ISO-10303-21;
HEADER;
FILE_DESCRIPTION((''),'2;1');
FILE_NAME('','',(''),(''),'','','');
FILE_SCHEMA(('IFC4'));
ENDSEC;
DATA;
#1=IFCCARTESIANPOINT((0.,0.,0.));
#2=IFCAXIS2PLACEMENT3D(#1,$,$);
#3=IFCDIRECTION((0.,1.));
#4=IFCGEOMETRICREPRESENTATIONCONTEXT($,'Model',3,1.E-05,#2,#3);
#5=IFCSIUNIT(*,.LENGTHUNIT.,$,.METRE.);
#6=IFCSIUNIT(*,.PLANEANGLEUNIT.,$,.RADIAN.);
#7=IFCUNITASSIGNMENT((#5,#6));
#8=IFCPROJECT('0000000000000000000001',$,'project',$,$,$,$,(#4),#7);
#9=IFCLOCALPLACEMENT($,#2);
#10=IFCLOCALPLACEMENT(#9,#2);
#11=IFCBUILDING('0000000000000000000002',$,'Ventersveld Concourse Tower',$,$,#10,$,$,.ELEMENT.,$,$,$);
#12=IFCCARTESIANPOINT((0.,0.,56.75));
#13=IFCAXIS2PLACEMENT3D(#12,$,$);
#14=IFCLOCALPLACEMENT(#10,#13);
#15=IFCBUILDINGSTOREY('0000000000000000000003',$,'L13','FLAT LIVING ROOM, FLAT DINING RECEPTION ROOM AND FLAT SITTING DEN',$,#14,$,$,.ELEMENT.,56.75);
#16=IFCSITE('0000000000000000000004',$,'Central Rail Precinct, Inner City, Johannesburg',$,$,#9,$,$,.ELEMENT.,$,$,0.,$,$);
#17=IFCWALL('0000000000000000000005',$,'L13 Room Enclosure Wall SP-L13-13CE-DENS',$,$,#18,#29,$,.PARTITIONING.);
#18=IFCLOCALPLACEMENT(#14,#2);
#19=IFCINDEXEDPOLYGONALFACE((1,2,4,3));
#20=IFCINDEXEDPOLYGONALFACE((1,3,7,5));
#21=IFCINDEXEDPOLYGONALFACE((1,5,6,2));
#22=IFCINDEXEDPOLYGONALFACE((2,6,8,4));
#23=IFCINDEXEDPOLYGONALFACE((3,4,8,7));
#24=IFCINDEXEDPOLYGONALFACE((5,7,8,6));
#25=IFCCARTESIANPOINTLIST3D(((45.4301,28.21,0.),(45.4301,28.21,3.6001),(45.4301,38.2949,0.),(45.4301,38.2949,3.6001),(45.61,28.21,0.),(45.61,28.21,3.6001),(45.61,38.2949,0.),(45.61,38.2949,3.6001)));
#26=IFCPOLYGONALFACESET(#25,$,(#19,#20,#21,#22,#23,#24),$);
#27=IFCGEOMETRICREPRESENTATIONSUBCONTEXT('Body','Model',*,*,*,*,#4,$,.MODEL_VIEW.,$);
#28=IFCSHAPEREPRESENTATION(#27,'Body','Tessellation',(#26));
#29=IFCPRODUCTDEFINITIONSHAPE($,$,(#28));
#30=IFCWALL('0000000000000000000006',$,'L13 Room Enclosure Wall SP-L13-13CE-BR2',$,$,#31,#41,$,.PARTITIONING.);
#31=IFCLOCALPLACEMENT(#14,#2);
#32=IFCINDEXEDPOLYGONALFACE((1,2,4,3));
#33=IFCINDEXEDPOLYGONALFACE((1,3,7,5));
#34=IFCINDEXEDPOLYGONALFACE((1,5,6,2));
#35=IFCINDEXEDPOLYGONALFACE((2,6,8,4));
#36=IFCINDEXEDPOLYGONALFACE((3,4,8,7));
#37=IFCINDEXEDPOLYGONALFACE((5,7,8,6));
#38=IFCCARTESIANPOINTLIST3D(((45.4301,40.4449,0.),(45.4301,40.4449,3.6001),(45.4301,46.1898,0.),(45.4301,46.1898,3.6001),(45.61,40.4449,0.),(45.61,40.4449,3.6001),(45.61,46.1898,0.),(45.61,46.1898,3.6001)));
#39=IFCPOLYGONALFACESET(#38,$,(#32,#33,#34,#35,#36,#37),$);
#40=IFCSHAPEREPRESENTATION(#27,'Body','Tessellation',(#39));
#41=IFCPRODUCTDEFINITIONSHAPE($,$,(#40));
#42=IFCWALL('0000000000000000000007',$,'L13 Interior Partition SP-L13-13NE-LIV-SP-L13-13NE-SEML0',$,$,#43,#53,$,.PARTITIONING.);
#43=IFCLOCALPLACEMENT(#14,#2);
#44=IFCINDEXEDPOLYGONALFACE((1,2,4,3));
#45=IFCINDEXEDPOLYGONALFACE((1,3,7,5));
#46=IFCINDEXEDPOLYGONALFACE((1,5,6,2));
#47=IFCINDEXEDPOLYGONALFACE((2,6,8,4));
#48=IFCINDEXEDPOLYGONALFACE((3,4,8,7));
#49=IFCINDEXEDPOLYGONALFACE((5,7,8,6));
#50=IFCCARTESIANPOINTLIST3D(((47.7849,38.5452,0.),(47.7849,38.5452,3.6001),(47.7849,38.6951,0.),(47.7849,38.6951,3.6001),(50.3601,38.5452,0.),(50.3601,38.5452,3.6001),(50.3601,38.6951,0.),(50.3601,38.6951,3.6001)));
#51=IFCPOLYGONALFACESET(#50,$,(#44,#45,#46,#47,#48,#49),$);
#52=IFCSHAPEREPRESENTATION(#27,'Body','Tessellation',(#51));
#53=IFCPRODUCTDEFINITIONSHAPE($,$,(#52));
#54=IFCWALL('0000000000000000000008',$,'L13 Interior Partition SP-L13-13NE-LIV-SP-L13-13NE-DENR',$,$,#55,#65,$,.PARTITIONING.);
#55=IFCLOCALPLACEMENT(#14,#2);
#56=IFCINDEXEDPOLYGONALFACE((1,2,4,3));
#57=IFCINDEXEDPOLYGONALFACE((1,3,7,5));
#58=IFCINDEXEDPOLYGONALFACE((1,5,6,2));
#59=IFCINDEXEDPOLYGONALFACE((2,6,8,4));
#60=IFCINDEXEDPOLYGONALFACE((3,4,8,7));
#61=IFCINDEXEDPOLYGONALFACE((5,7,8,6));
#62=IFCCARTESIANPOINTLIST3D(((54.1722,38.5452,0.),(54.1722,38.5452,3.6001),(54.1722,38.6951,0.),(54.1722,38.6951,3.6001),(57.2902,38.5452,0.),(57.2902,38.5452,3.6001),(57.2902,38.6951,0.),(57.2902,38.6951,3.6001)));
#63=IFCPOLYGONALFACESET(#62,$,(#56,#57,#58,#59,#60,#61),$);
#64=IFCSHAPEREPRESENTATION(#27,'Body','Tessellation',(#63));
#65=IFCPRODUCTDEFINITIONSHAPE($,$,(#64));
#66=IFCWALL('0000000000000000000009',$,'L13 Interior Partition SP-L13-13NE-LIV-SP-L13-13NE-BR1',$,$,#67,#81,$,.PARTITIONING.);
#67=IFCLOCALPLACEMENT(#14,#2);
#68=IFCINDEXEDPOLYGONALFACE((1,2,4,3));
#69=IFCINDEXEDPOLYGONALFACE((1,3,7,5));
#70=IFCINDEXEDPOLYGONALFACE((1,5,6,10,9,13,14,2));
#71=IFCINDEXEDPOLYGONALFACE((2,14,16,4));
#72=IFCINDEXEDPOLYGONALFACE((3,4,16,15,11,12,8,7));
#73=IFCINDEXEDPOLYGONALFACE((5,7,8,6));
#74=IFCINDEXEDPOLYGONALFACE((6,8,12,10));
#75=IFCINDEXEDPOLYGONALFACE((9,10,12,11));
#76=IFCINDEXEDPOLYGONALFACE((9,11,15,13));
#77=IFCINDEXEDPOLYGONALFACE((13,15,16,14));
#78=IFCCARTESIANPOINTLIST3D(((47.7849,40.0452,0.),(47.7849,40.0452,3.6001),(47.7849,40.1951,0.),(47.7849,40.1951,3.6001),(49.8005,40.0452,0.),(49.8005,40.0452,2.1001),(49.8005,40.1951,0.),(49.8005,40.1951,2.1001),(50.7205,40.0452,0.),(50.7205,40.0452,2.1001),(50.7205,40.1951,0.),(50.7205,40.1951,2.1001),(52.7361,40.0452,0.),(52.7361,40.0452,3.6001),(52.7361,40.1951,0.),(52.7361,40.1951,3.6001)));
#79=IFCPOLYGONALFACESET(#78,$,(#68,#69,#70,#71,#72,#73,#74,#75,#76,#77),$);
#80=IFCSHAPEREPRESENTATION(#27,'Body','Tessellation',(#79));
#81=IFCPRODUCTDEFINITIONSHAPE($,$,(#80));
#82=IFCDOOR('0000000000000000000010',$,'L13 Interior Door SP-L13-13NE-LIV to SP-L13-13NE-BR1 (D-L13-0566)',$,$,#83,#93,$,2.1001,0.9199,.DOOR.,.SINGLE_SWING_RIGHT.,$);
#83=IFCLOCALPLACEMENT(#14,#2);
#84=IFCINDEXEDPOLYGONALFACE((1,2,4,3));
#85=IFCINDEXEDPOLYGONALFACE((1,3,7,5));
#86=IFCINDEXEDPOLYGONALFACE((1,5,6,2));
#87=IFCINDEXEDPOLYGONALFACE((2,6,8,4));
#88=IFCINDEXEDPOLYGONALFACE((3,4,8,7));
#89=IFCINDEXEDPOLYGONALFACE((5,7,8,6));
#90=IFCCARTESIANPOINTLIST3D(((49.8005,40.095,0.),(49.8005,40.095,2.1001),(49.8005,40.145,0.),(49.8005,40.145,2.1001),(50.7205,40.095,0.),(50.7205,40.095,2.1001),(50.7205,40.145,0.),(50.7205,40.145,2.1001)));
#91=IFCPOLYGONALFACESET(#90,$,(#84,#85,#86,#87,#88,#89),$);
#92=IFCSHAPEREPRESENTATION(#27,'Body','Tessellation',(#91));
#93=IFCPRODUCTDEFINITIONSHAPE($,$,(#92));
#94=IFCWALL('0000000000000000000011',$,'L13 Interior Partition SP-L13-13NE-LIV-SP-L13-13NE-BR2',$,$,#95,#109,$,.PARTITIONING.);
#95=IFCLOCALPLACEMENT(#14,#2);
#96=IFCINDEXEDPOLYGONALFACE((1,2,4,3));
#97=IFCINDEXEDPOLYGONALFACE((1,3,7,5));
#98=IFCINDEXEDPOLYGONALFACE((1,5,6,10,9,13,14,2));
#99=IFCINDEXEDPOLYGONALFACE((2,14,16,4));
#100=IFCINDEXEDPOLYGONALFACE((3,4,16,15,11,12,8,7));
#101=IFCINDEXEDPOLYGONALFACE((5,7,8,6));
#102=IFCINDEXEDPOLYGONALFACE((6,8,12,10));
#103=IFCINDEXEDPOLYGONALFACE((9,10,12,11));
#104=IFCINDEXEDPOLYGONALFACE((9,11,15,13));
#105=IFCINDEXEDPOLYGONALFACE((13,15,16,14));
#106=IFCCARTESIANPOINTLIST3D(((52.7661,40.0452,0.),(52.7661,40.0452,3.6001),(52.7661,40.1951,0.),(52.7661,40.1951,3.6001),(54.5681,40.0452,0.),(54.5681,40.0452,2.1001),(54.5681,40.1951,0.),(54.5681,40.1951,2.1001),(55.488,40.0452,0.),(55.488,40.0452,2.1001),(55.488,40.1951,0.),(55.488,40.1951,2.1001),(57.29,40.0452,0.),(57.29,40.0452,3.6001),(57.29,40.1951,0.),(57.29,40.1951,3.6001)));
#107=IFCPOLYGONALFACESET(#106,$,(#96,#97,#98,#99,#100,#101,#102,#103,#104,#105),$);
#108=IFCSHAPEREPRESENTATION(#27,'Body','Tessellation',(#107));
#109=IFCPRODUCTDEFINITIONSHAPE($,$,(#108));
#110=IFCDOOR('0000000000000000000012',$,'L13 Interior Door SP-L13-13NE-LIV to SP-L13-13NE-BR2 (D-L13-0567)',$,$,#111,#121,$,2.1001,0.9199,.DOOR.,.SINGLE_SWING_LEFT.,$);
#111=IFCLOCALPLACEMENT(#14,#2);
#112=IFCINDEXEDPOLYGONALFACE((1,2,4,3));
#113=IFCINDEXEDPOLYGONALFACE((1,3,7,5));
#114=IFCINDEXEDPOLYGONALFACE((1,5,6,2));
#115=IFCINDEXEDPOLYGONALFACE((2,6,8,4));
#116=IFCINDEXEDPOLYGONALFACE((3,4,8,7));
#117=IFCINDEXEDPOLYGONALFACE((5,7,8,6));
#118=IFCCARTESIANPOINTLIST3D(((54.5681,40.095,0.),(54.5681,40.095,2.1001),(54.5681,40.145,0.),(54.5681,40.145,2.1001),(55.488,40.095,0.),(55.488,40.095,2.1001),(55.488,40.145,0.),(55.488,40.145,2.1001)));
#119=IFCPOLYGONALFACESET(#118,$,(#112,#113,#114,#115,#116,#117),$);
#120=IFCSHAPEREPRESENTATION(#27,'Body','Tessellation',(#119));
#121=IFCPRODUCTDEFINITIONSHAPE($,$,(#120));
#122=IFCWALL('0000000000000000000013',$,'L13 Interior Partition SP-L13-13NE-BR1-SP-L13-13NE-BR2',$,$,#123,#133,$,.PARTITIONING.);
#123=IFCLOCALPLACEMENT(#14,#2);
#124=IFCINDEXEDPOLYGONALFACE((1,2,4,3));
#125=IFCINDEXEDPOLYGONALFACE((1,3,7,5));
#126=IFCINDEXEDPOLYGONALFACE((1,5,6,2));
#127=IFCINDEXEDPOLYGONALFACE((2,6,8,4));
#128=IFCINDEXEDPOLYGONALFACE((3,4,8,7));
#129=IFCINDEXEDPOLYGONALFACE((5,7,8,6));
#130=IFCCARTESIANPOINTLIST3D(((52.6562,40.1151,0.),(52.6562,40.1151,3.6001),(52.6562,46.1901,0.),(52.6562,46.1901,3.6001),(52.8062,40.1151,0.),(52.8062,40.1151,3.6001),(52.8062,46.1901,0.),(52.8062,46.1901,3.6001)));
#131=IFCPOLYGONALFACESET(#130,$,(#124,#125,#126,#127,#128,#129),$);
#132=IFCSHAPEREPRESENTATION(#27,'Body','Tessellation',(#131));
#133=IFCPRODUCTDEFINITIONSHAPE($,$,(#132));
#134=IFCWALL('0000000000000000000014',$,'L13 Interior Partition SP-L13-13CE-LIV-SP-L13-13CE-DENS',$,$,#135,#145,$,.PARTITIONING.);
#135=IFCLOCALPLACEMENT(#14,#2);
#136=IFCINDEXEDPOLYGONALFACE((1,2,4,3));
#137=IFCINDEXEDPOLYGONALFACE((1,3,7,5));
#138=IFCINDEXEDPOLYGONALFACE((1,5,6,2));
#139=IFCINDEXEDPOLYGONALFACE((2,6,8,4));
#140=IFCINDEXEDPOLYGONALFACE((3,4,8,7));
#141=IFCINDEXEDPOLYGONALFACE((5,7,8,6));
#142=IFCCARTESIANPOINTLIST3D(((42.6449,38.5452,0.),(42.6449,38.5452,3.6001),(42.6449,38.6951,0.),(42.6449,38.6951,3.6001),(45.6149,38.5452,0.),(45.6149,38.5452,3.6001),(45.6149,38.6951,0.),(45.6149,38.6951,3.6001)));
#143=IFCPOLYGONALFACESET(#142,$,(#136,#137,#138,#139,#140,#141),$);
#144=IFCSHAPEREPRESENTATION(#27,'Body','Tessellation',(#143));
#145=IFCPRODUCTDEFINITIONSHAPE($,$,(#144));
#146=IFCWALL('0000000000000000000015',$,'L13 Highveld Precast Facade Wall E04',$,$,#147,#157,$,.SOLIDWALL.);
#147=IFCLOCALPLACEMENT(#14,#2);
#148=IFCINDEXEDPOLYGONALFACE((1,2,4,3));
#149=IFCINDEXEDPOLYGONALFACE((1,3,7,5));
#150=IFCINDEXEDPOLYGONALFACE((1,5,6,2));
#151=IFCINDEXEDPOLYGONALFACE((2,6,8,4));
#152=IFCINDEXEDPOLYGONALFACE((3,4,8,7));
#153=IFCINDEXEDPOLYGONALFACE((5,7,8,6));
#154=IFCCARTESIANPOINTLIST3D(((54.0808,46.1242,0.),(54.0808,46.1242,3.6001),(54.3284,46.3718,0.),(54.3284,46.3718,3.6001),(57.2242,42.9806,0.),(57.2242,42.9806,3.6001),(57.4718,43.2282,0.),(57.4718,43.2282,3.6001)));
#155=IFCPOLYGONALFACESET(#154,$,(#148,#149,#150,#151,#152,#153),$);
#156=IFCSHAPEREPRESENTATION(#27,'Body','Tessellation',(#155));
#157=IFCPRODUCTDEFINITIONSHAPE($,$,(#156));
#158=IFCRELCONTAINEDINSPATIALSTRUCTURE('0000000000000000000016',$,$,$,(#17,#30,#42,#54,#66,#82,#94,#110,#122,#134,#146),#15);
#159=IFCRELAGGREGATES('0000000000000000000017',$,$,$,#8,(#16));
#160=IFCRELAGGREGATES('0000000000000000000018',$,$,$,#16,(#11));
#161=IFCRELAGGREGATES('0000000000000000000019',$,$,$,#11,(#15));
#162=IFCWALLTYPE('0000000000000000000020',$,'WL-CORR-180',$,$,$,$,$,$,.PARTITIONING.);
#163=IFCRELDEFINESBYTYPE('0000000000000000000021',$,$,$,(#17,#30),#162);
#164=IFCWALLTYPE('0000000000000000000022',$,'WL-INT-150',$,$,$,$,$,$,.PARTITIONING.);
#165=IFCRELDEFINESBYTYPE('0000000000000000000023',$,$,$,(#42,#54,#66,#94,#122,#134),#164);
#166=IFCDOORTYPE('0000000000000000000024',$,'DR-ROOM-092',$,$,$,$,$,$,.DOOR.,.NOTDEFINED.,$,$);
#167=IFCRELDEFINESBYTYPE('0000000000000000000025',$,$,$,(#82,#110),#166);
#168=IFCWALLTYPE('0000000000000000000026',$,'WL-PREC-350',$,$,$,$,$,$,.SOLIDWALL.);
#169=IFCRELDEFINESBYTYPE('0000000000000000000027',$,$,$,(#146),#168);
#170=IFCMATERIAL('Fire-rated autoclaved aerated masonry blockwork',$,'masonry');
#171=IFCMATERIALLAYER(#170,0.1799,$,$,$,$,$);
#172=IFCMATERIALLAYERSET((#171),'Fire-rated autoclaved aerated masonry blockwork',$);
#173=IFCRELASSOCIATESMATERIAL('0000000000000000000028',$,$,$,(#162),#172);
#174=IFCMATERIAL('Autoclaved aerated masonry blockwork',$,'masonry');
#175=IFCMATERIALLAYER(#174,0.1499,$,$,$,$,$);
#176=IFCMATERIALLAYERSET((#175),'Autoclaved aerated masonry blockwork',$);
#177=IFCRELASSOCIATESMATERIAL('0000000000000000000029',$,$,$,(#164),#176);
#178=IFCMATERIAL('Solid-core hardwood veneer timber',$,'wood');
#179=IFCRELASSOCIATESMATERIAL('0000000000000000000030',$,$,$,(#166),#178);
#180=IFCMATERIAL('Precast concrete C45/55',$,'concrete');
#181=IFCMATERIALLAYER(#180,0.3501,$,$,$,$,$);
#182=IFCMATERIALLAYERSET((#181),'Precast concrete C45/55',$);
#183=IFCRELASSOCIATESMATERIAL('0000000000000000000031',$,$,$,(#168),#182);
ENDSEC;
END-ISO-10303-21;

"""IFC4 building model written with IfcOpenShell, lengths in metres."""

from ifc_helpers import new_model, si_unit, direction, frame, frame_2d, origin, place, context, subcontext, project, spatial, rectangle, extrude, material, layer, layer_set, type_object, element, fill, save


model = new_model("IFC4")

# Units and contexts
model_context = context("Model", 3, precision=1e-05, world=origin(), true_north=direction((0.0, 1.0)))
body_context = subcontext(model_context, "Body", "Model", "MODEL_VIEW")
ifc_project = project(units=[si_unit("LENGTHUNIT", "METRE"), si_unit("PLANEANGLEUNIT", "RADIAN")], contexts=[model_context])

# Site, building, storey
site_placement = place(None, origin())
site = spatial("IfcSite", under=ifc_project, at=site_placement, Name="Central Rail Precinct, Inner City, Johannesburg", CompositionType="ELEMENT", RefElevation=0.0)
building_placement = place(site_placement, origin())
building = spatial("IfcBuilding", under=site, at=building_placement, Name="Ventersveld Concourse Tower", CompositionType="ELEMENT")
storey_placement = place(building_placement, frame((0.0, 0.0, 56.75)))
storey = spatial("IfcBuildingStorey", under=building, at=storey_placement, Name="L13", Description="FLAT LIVING ROOM, FLAT DINING RECEPTION ROOM AND FLAT SITTING DEN", CompositionType="ELEMENT", Elevation=56.75)

# Walls
ifc_material_1 = material(Name="Fire-rated autoclaved aerated masonry blockwork", Category="masonry")
ifc_layer_1 = layer(ifc_material_1, 0.1799)
ifc_layer_set_1 = layer_set([ifc_layer_1], Name="Fire-rated autoclaved aerated masonry blockwork")
wall_type_1 = type_object("IfcWallType", Name="WL-CORR-180", PredefinedType="PARTITIONING", material=ifc_layer_set_1)
wall_1_placement = place(storey_placement, frame((45.52, 38.2949, 0.0), z_axis=(0.0, 0.0, 1.0), x_axis=(0.0, -1.0, 0.0)))
element("IfcWall", 1, at=wall_1_placement, inside=storey, type_object=wall_type_1, Name="L13 Room Enclosure Wall SP-L13-13CE-DENS", PredefinedType="PARTITIONING", context=body_context, shape_type="SweptSolid", body=[
    extrude(rectangle(XDim=10.085, YDim=0.1799, at=frame_2d((5.0425, 0.0))), origin(), (0.0, 0.0, 1.0), 3.6001),
])
wall_2_placement = place(storey_placement, frame((45.52, 46.1899, 0.0), z_axis=(0.0, 0.0, 1.0), x_axis=(0.0, -1.0, 0.0)))
element("IfcWall", 2, at=wall_2_placement, inside=storey, type_object=wall_type_1, Name="L13 Room Enclosure Wall SP-L13-13CE-BR2", PredefinedType="PARTITIONING", context=body_context, shape_type="SweptSolid", body=[
    extrude(rectangle(XDim=5.7449, YDim=0.1799, at=frame_2d((2.8726, 0.0))), origin(), (0.0, 0.0, 1.0), 3.6001),
])
ifc_material_2 = material(Name="Autoclaved aerated masonry blockwork", Category="masonry")
ifc_layer_2 = layer(ifc_material_2, 0.1499)
ifc_layer_set_2 = layer_set([ifc_layer_2], Name="Autoclaved aerated masonry blockwork")
wall_type_2 = type_object("IfcWallType", Name="WL-INT-150", PredefinedType="PARTITIONING", material=ifc_layer_set_2)
wall_3_placement = place(storey_placement, frame((47.7849, 38.6201, 0.0), z_axis=(0.0, 0.0, 1.0), x_axis=(1.0, 0.0, 0.0)))
element("IfcWall", 3, at=wall_3_placement, inside=storey, type_object=wall_type_2, Name="L13 Interior Partition SP-L13-13NE-LIV-SP-L13-13NE-SEML0", PredefinedType="PARTITIONING", context=body_context, shape_type="SweptSolid", body=[
    extrude(rectangle(XDim=2.5752, YDim=0.1499, at=frame_2d((1.2876, 0.0))), origin(), (0.0, 0.0, 1.0), 3.6001),
])
wall_4_placement = place(storey_placement, frame((54.1721, 38.6201, 0.0), z_axis=(0.0, 0.0, 1.0), x_axis=(1.0, 0.0, 0.0)))
element("IfcWall", 4, at=wall_4_placement, inside=storey, type_object=wall_type_2, Name="L13 Interior Partition SP-L13-13NE-LIV-SP-L13-13NE-DENR", PredefinedType="PARTITIONING", context=body_context, shape_type="SweptSolid", body=[
    extrude(rectangle(XDim=3.1179, YDim=0.1499, at=frame_2d((1.5591, 0.0))), origin(), (0.0, 0.0, 1.0), 3.6001),
])

# Walls, openings, doors
wall_5_placement = place(storey_placement, frame((47.7849, 40.1201, 0.0), z_axis=(0.0, 0.0, 1.0), x_axis=(1.0, 0.0, 0.0)))
wall_5 = element("IfcWall", 5, at=wall_5_placement, inside=storey, type_object=wall_type_2, Name="L13 Interior Partition SP-L13-13NE-LIV-SP-L13-13NE-BR1", PredefinedType="PARTITIONING", context=body_context, shape_type="SweptSolid", body=[
    extrude(rectangle(XDim=4.9512, YDim=0.1499, at=frame_2d((2.4756, 0.0))), origin(), (0.0, 0.0, 1.0), 3.6001),
])
opening_1_placement = place(wall_5_placement, frame((2.0156, 0.0, 0.0)))
opening_1 = element("IfcOpeningElement", 6, at=opening_1_placement, cuts=wall_5, PredefinedType="OPENING", context=body_context, shape_type="SweptSolid", body=[
    extrude(rectangle(XDim=0.9199, YDim=2.1001, at=frame_2d((0.46, 1.05))), frame((0.0, 0.085, 0.0), z_axis=(0.0, -1.0, 0.0), x_axis=(1.0, 0.0, 0.0)), (0.0, 0.0, 1.0), 0.1699),
])
ifc_material_3 = material(Name="Solid-core hardwood veneer timber", Category="wood")
door_type = type_object("IfcDoorType", Name="DR-ROOM-092", OperationType="NOTDEFINED", PredefinedType="DOOR", material=ifc_material_3)
door_1_placement = place(opening_1_placement, origin())
door_1 = element("IfcDoor", 7, at=door_1_placement, inside=storey, type_object=door_type, Name="L13 Interior Door SP-L13-13NE-LIV to SP-L13-13NE-BR1 (D-L13-0566)", OperationType="SINGLE_SWING_RIGHT", OverallHeight=2.1001, OverallWidth=0.9199, PredefinedType="DOOR", context=body_context, shape_type="SweptSolid", body=[
    extrude(rectangle(XDim=0.9199, YDim=2.1001, at=frame_2d((0.46, 1.05))), frame((0.0, 0.0249, 0.0), z_axis=(0.0, -1.0, 0.0), x_axis=(1.0, 0.0, 0.0)), (0.0, 0.0, 1.0), 0.05),
])
fill(opening_1, door_1)
wall_6_placement = place(storey_placement, frame((52.7661, 40.1201, 0.0), z_axis=(0.0, 0.0, 1.0), x_axis=(1.0, 0.0, 0.0)))
wall_6 = element("IfcWall", 8, at=wall_6_placement, inside=storey, type_object=wall_type_2, Name="L13 Interior Partition SP-L13-13NE-LIV-SP-L13-13NE-BR2", PredefinedType="PARTITIONING", context=body_context, shape_type="SweptSolid", body=[
    extrude(rectangle(XDim=4.5239, YDim=0.1499, at=frame_2d((2.262, 0.0))), origin(), (0.0, 0.0, 1.0), 3.6001),
])
opening_2_placement = place(wall_6_placement, frame((1.802, 0.0, 0.0)))
opening_2 = element("IfcOpeningElement", 9, at=opening_2_placement, cuts=wall_6, PredefinedType="OPENING", context=body_context, shape_type="SweptSolid", body=[
    extrude(rectangle(XDim=0.9199, YDim=2.1001, at=frame_2d((0.46, 1.05))), frame((0.0, 0.085, 0.0), z_axis=(0.0, -1.0, 0.0), x_axis=(1.0, 0.0, 0.0)), (0.0, 0.0, 1.0), 0.1699),
])
door_2_placement = place(opening_2_placement, origin())
door_2 = element("IfcDoor", 10, at=door_2_placement, inside=storey, type_object=door_type, Name="L13 Interior Door SP-L13-13NE-LIV to SP-L13-13NE-BR2 (D-L13-0567)", OperationType="SINGLE_SWING_LEFT", OverallHeight=2.1001, OverallWidth=0.9199, PredefinedType="DOOR", context=body_context, shape_type="SweptSolid", body=[
    extrude(rectangle(XDim=0.9199, YDim=2.1001, at=frame_2d((0.46, 1.05))), frame((0.0, 0.0249, 0.0), z_axis=(0.0, -1.0, 0.0), x_axis=(1.0, 0.0, 0.0)), (0.0, 0.0, 1.0), 0.05),
])
fill(opening_2, door_2)

# Walls
wall_7_placement = place(storey_placement, frame((52.7312, 40.115, 0.0), z_axis=(0.0, 0.0, 1.0), x_axis=(0.0, 1.0, 0.0)))
element("IfcWall", 11, at=wall_7_placement, inside=storey, type_object=wall_type_2, Name="L13 Interior Partition SP-L13-13NE-BR1-SP-L13-13NE-BR2", PredefinedType="PARTITIONING", context=body_context, shape_type="SweptSolid", body=[
    extrude(rectangle(XDim=6.075, YDim=0.1499, at=frame_2d((3.0376, 0.0))), origin(), (0.0, 0.0, 1.0), 3.6001),
])
wall_8_placement = place(storey_placement, frame((42.645, 38.6201, 0.0), z_axis=(0.0, 0.0, 1.0), x_axis=(1.0, 0.0, 0.0)))
element("IfcWall", 12, at=wall_8_placement, inside=storey, type_object=wall_type_2, Name="L13 Interior Partition SP-L13-13CE-LIV-SP-L13-13CE-DENS", PredefinedType="PARTITIONING", context=body_context, shape_type="SweptSolid", body=[
    extrude(rectangle(XDim=2.97, YDim=0.1499, at=frame_2d((1.4849, 0.0))), origin(), (0.0, 0.0, 1.0), 3.6001),
])
ifc_material_4 = material(Name="Precast concrete C45/55", Category="concrete")
ifc_layer_3 = layer(ifc_material_4, 0.3501)
ifc_layer_set_3 = layer_set([ifc_layer_3], Name="Precast concrete C45/55")
wall_type_3 = type_object("IfcWallType", Name="WL-PREC-350", PredefinedType="SOLIDWALL", material=ifc_layer_set_3)
wall_9_placement = place(storey_placement, frame((57.3479, 43.1045, 0.0), z_axis=(0.0, 0.0, 1.0), x_axis=(-0.707079, 0.707134, 0.0)))
element("IfcWall", 13, at=wall_9_placement, inside=storey, type_object=wall_type_3, Name="L13 Highveld Precast Facade Wall E04", PredefinedType="SOLIDWALL", context=body_context, shape_type="SweptSolid", body=[
    extrude(rectangle(XDim=4.4456, YDim=0.3501, at=frame_2d((2.2227, 0.0))), origin(), (0.0, 0.0, 1.0), 3.6001),
])

save(model, "model.ifc")
